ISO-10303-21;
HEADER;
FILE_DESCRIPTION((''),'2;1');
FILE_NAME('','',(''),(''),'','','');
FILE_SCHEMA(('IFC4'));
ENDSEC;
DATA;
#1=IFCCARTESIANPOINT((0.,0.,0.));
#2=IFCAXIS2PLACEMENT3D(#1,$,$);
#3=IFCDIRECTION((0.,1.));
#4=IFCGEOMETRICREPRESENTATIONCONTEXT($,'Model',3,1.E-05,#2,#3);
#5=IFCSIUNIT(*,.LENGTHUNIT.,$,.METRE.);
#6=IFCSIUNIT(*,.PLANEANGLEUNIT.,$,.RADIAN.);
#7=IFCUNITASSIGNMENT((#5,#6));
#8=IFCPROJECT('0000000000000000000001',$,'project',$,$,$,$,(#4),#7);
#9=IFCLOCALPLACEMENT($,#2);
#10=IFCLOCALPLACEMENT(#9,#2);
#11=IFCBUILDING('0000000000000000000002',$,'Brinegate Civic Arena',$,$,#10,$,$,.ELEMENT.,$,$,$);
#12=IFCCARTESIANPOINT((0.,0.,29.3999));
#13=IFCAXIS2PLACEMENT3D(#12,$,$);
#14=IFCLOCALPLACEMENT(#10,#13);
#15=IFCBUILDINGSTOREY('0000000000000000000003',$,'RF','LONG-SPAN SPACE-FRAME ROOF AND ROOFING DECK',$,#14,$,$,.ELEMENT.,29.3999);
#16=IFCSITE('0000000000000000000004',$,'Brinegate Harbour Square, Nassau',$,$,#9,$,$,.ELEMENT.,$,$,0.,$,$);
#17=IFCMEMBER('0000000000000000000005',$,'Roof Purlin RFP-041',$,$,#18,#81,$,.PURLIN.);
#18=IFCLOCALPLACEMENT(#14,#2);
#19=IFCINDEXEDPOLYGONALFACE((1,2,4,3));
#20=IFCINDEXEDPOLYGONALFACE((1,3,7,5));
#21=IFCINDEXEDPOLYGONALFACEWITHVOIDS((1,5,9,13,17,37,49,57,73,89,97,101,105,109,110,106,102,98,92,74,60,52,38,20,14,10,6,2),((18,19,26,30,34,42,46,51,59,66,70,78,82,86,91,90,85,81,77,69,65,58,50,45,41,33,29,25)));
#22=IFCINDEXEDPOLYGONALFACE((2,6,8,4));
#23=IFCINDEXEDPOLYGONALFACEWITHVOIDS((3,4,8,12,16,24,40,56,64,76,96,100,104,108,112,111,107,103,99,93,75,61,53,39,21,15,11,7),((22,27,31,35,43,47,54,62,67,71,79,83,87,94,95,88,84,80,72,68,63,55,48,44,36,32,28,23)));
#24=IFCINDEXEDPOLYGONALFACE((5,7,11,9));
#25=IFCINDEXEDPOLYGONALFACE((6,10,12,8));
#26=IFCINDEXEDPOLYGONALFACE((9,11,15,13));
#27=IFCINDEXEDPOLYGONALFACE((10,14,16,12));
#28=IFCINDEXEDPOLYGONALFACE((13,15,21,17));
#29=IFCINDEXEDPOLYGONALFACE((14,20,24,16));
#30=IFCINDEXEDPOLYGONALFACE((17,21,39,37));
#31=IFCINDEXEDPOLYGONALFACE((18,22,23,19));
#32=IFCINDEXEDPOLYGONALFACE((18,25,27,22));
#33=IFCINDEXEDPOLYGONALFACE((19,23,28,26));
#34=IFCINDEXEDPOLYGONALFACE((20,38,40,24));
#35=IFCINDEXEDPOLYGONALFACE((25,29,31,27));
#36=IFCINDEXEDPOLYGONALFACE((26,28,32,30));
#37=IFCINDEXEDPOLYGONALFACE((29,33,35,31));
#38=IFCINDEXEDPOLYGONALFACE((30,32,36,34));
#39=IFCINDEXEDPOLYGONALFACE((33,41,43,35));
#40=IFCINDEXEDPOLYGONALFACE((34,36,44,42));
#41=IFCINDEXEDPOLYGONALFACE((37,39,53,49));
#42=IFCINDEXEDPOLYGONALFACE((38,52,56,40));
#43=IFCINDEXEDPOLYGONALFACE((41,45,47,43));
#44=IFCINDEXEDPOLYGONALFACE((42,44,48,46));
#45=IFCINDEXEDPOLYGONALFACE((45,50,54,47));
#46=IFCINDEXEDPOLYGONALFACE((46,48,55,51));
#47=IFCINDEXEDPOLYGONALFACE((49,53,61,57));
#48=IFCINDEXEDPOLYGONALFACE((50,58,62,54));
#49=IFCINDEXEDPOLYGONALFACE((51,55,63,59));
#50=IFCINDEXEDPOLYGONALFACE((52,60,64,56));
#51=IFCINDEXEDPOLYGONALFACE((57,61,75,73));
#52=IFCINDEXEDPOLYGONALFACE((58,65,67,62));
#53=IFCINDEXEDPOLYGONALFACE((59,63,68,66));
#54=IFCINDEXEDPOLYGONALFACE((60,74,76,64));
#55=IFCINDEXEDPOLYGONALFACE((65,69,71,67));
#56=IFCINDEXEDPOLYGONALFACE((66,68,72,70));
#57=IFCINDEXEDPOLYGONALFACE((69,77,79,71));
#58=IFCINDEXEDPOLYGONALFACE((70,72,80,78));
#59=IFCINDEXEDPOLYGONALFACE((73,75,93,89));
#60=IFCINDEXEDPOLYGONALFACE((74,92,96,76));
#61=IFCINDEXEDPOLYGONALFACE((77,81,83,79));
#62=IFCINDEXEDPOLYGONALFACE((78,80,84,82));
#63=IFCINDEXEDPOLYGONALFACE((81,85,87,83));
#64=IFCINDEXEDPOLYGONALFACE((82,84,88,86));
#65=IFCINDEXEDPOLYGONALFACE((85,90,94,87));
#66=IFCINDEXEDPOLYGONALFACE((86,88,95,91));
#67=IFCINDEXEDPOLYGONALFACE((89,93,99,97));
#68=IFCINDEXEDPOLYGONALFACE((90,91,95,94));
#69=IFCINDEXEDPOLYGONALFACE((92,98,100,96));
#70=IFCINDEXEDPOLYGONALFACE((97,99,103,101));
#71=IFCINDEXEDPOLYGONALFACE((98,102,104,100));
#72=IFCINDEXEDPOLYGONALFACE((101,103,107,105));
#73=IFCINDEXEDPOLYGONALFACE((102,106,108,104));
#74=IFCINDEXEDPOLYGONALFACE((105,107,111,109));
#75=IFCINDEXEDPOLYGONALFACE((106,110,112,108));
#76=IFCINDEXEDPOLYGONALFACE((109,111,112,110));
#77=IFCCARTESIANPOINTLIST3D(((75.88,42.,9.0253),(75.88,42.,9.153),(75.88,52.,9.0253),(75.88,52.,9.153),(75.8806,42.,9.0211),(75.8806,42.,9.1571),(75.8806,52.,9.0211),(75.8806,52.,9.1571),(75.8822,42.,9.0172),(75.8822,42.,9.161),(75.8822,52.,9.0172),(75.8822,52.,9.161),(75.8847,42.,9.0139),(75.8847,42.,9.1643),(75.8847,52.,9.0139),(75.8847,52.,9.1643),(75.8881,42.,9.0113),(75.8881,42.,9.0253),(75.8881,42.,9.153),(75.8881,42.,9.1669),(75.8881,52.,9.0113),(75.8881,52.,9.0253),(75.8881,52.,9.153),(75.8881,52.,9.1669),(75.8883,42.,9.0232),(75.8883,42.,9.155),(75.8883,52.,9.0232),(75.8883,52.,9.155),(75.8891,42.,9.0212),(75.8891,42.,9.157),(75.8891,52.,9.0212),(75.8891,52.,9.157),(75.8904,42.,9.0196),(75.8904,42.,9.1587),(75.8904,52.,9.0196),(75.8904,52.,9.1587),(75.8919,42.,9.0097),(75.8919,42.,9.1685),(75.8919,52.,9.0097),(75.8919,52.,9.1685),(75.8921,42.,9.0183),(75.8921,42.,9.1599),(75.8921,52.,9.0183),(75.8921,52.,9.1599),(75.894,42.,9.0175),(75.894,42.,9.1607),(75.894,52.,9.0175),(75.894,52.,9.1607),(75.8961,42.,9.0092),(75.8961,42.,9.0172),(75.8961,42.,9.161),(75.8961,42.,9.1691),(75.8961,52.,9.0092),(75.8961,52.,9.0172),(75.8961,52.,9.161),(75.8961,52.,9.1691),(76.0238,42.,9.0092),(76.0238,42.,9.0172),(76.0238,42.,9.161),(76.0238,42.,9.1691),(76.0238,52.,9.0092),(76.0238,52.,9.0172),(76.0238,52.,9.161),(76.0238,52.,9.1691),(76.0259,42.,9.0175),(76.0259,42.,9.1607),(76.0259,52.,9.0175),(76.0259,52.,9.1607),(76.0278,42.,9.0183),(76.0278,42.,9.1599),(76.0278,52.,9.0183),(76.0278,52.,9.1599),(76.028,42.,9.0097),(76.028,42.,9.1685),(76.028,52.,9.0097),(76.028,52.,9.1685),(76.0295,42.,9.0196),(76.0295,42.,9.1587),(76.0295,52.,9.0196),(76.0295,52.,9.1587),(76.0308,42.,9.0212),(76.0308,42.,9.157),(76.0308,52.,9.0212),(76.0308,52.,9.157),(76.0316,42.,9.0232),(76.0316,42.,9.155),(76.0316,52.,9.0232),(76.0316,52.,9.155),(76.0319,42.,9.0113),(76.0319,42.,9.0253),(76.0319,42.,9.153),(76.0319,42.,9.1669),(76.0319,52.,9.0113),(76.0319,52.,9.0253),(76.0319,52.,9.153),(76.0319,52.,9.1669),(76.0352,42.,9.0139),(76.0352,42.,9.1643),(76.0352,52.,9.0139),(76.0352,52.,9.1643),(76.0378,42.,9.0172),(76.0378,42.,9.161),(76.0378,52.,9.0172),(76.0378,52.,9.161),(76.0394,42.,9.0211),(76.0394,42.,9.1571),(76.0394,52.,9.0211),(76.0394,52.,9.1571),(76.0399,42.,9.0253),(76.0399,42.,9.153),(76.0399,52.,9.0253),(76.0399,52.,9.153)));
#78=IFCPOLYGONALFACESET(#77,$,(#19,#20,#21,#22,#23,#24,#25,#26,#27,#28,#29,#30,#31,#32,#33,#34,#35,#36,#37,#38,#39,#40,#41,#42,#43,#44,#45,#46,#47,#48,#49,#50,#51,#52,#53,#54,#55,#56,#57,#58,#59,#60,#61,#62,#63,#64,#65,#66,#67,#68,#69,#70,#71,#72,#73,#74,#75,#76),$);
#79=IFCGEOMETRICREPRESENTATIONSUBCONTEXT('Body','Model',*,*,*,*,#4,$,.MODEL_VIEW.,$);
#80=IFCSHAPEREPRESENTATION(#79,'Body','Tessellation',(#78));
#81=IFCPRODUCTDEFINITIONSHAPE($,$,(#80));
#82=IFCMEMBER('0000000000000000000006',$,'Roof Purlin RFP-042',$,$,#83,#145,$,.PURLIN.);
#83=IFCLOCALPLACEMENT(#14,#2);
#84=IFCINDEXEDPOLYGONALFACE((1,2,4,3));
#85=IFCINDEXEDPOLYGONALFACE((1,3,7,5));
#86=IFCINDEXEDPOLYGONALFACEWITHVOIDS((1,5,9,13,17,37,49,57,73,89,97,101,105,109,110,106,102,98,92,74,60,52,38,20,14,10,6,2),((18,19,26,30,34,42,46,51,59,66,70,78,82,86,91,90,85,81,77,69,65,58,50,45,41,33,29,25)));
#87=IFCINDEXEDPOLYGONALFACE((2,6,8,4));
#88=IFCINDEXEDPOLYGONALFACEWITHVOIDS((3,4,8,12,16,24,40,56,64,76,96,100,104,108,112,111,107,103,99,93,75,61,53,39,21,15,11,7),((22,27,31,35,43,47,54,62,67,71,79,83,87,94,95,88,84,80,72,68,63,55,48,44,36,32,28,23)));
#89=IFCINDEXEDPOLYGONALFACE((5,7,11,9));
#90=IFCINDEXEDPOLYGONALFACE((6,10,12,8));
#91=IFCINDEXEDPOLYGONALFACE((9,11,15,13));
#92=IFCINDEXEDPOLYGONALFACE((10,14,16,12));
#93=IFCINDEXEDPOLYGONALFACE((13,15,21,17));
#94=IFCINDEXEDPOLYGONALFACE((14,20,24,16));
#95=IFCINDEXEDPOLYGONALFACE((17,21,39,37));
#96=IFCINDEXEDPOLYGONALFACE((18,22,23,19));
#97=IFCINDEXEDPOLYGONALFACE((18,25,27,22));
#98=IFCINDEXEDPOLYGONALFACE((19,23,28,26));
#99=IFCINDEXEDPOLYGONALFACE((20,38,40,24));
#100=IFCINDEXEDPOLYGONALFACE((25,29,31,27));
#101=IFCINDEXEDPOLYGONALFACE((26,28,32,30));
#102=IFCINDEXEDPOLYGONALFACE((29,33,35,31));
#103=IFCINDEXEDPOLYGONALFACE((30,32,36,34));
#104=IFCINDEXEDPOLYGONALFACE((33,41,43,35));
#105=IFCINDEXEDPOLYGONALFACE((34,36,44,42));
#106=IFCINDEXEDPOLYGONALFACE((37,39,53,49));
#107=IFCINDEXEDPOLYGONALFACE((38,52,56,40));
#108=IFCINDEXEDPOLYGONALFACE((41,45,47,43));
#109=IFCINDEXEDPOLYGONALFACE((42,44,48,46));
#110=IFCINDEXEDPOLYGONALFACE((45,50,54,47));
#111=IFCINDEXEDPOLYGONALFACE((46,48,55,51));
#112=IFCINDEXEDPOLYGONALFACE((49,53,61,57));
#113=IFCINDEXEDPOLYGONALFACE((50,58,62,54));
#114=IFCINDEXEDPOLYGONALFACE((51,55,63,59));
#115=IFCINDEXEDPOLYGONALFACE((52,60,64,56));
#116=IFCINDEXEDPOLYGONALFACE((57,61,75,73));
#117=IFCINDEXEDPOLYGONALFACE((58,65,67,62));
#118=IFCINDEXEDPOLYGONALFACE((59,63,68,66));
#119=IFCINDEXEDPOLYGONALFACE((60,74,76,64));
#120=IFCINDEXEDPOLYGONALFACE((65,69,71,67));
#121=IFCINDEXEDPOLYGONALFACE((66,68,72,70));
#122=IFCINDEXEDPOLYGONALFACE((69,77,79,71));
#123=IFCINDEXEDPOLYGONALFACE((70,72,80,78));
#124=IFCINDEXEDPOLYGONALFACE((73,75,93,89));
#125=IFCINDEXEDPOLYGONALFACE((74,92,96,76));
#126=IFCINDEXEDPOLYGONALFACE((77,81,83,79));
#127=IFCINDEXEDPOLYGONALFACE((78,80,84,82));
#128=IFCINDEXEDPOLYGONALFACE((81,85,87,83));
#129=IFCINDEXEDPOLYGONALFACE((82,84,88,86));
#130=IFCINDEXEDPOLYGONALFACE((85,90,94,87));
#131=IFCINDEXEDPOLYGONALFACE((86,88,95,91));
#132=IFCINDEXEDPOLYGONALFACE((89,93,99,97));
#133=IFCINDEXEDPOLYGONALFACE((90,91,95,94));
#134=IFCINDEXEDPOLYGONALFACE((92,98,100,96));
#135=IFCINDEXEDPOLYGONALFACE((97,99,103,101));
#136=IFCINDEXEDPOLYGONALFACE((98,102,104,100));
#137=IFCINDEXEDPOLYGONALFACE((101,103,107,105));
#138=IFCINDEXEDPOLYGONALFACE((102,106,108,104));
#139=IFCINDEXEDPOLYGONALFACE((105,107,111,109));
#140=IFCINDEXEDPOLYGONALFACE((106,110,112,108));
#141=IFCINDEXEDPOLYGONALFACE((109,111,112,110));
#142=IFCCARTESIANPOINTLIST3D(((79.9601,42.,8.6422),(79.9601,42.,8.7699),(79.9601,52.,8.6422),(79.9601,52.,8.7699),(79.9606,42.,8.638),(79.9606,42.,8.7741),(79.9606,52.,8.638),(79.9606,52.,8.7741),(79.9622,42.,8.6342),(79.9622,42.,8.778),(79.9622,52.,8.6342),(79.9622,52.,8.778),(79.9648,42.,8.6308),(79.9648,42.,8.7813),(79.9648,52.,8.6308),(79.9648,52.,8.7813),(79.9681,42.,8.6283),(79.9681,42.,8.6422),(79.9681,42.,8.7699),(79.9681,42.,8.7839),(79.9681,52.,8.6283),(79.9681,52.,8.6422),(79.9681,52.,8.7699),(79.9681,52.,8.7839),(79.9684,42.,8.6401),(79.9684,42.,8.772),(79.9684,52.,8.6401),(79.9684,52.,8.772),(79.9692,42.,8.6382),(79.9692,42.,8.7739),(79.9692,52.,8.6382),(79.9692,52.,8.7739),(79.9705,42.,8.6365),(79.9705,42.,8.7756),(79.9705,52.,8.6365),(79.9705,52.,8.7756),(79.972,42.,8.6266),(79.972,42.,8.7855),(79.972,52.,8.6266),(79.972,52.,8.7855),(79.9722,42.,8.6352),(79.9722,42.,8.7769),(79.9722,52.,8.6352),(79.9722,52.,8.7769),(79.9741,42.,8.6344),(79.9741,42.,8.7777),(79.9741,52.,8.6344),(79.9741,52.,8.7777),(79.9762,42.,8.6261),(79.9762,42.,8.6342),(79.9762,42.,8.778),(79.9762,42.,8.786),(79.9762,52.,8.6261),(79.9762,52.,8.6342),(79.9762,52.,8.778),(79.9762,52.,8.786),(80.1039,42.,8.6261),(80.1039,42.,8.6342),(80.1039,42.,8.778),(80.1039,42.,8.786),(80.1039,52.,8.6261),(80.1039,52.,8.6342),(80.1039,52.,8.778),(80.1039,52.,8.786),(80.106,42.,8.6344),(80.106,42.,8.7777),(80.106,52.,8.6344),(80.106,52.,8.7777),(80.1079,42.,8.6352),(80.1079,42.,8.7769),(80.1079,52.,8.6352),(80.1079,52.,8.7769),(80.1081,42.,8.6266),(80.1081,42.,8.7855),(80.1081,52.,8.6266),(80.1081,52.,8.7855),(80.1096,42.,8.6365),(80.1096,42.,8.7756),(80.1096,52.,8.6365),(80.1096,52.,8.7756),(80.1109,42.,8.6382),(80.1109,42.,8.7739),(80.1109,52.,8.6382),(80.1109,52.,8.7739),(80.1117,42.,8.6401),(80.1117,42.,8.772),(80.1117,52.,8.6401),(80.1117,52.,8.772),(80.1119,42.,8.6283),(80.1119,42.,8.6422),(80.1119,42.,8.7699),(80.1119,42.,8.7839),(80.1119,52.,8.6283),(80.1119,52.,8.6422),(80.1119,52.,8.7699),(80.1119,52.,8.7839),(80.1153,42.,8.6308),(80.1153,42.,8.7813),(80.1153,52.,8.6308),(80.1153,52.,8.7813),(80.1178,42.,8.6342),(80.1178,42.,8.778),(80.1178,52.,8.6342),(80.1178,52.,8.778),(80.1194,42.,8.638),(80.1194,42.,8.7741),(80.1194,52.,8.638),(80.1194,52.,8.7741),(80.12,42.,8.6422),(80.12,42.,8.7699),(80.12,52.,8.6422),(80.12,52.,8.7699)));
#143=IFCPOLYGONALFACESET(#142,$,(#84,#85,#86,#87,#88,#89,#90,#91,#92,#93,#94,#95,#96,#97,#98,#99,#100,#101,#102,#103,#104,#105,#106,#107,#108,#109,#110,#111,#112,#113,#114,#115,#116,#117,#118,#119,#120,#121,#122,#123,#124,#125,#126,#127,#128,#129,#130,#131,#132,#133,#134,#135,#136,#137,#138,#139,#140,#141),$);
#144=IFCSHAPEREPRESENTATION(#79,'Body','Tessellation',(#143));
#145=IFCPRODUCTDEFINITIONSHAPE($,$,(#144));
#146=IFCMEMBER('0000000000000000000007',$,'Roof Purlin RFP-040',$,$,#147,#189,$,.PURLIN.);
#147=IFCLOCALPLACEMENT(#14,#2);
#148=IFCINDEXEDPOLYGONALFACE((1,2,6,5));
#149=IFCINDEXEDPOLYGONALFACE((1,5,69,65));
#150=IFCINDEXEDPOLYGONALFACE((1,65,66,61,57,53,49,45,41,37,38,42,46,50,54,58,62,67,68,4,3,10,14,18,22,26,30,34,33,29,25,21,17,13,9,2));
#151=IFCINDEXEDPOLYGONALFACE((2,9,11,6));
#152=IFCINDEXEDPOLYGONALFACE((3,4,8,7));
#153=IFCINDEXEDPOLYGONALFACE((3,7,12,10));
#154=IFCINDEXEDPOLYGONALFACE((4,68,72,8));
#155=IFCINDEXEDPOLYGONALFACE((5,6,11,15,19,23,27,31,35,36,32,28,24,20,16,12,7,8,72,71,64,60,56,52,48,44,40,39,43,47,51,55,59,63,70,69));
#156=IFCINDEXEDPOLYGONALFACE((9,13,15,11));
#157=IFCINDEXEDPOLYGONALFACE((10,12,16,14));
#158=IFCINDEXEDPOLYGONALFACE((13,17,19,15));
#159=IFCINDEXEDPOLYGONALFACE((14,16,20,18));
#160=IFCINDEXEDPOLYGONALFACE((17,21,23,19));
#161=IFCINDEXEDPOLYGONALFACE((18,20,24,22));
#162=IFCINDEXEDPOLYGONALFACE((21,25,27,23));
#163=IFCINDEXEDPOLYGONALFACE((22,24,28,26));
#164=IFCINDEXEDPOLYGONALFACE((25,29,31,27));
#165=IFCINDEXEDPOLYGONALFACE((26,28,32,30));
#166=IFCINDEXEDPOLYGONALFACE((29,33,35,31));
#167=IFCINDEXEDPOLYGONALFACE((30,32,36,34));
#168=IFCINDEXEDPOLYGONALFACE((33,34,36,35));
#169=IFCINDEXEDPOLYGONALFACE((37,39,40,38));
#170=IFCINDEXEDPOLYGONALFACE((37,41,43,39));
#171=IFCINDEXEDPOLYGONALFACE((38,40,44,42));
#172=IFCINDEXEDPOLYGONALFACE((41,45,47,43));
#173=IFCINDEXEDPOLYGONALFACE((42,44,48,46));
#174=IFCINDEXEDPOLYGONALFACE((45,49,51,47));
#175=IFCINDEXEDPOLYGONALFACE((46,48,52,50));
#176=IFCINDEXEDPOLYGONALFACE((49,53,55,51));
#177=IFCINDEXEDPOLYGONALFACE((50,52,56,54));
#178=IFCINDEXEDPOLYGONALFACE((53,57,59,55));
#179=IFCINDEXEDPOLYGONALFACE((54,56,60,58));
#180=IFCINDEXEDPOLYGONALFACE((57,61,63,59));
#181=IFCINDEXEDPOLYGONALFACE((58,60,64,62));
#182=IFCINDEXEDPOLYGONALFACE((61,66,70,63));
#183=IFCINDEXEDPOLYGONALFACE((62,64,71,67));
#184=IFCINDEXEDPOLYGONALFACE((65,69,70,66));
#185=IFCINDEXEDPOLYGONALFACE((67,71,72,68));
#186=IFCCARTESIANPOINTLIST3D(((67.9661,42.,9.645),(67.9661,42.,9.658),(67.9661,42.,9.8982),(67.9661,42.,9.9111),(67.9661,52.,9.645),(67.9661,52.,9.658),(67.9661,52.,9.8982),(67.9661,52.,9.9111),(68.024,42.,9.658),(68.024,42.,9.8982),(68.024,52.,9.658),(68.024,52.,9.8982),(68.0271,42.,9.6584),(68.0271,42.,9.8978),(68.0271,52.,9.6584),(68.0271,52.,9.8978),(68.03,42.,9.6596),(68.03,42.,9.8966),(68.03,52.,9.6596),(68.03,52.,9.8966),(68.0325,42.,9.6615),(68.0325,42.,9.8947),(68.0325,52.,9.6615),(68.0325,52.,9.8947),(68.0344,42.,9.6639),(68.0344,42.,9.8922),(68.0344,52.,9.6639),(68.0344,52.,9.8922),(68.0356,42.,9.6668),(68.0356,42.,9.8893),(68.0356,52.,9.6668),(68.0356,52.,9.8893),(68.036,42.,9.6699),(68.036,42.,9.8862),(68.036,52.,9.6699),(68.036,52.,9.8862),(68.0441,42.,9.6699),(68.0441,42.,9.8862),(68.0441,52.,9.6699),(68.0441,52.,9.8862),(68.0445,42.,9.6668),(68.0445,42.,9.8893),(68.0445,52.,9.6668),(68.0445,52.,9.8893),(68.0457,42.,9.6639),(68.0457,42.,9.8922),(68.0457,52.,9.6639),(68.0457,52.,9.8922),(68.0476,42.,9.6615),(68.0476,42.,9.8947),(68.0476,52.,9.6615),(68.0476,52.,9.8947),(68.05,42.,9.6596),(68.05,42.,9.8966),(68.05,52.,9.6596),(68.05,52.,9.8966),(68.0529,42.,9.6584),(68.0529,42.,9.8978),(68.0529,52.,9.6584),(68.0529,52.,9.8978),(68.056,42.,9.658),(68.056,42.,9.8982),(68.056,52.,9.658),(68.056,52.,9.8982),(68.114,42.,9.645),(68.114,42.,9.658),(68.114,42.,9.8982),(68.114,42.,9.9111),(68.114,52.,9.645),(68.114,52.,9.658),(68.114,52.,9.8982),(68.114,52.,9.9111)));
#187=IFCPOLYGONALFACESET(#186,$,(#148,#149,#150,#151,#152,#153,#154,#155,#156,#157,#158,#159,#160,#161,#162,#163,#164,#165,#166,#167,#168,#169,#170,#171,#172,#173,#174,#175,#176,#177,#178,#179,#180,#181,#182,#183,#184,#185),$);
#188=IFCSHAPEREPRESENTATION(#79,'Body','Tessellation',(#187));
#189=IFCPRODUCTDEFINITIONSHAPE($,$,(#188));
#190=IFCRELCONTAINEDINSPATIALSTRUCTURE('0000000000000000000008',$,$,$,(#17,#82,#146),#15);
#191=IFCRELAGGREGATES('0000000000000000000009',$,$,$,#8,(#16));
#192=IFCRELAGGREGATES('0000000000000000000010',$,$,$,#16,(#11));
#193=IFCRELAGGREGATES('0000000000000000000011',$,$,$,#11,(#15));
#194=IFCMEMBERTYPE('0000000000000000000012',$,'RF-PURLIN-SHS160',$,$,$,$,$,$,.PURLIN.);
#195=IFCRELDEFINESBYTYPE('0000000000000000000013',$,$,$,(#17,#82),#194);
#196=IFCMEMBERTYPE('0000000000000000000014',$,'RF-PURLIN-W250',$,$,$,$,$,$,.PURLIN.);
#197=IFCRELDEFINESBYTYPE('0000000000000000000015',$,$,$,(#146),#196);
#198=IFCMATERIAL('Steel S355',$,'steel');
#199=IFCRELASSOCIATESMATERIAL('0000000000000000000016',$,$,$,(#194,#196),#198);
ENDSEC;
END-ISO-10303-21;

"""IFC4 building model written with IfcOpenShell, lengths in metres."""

from ifc_helpers import new_model, si_unit, direction, frame, origin, origin_2d, place, context, subcontext, project, spatial, hollow_rectangle, i_section, extrude, material, material_profile, profile_set, type_object, element, save


model = new_model("IFC4")

# Units and contexts
model_context = context("Model", 3, precision=1e-05, world=origin(), true_north=direction((0.0, 1.0)))
body_context = subcontext(model_context, "Body", "Model", "MODEL_VIEW")
ifc_project = project(units=[si_unit("LENGTHUNIT", "METRE"), si_unit("PLANEANGLEUNIT", "RADIAN")], contexts=[model_context])

# Site, building, storey
site_placement = place(None, origin())
site = spatial("IfcSite", under=ifc_project, at=site_placement, Name="Brinegate Harbour Square, Nassau", CompositionType="ELEMENT", RefElevation=0.0)
building_placement = place(site_placement, origin())
building = spatial("IfcBuilding", under=site, at=building_placement, Name="Brinegate Civic Arena", CompositionType="ELEMENT")
storey_placement = place(building_placement, frame((0.0, 0.0, 29.3999)))
storey = spatial("IfcBuildingStorey", under=building, at=storey_placement, Name="RF", Description="LONG-SPAN SPACE-FRAME ROOF AND ROOFING DECK", CompositionType="ELEMENT", Elevation=29.3999)

# Members
ifc_material = material(Name="Steel S355", Category="steel")
ifc_material_profile_1 = material_profile(ifc_material, hollow_rectangle(XDim=0.1599, YDim=0.1599, WallThickness=0.0081, InnerFilletRadius=0.0081, OuterFilletRadius=0.0161, at=origin_2d()), Name="SHS160X8")
ifc_profile_set_1 = profile_set([ifc_material_profile_1], Name="Steel S355")
member_type_1 = type_object("IfcMemberType", Name="RF-PURLIN-SHS160", PredefinedType="PURLIN", material=ifc_profile_set_1)
for number, where, z_axis, x_axis, name in (
    (1, (75.96, 42.0, 9.0891), (0.0, 1.0, 0.0), (-1.0, 0.0, 0.0), "Roof Purlin RFP-041"),
    (2, (80.04, 42.0, 8.7061), (0.0, 1.0, 0.0), (-1.0, 0.0, 0.0), "Roof Purlin RFP-042"),
):
    element("IfcMember", number, at=place(storey_placement, frame(where, z_axis=z_axis, x_axis=x_axis)), inside=storey, type_object=member_type_1, Name=name, PredefinedType="PURLIN", context=body_context, shape_type="SweptSolid", body=[
        extrude(hollow_rectangle(XDim=0.1599, YDim=0.1599, WallThickness=0.0081, InnerFilletRadius=0.0081, OuterFilletRadius=0.0161, at=origin_2d()), origin(), (0.0, 0.0, 1.0), 10.0),
    ])
ifc_material_profile_2 = material_profile(ifc_material, i_section(OverallWidth=0.1479, OverallDepth=0.2661, WebThickness=0.0081, FlangeThickness=0.0129, FilletRadius=0.012, at=origin_2d()), Name="W250X45")
ifc_profile_set_2 = profile_set([ifc_material_profile_2], Name="Steel S355")
member_type_2 = type_object("IfcMemberType", Name="RF-PURLIN-W250", PredefinedType="PURLIN", material=ifc_profile_set_2)
member_1_placement = place(storey_placement, frame((68.04, 42.0, 9.7781), z_axis=(0.0, 1.0, 0.0), x_axis=(-1.0, 0.0, 0.0)))
element("IfcMember", 3, at=member_1_placement, inside=storey, type_object=member_type_2, Name="Roof Purlin RFP-040", PredefinedType="PURLIN", context=body_context, shape_type="SweptSolid", body=[
    extrude(i_section(OverallWidth=0.1479, OverallDepth=0.2661, WebThickness=0.0081, FlangeThickness=0.0129, FilletRadius=0.012, at=origin_2d()), origin(), (0.0, 0.0, 1.0), 10.0),
])

save(model, "model.ifc")
